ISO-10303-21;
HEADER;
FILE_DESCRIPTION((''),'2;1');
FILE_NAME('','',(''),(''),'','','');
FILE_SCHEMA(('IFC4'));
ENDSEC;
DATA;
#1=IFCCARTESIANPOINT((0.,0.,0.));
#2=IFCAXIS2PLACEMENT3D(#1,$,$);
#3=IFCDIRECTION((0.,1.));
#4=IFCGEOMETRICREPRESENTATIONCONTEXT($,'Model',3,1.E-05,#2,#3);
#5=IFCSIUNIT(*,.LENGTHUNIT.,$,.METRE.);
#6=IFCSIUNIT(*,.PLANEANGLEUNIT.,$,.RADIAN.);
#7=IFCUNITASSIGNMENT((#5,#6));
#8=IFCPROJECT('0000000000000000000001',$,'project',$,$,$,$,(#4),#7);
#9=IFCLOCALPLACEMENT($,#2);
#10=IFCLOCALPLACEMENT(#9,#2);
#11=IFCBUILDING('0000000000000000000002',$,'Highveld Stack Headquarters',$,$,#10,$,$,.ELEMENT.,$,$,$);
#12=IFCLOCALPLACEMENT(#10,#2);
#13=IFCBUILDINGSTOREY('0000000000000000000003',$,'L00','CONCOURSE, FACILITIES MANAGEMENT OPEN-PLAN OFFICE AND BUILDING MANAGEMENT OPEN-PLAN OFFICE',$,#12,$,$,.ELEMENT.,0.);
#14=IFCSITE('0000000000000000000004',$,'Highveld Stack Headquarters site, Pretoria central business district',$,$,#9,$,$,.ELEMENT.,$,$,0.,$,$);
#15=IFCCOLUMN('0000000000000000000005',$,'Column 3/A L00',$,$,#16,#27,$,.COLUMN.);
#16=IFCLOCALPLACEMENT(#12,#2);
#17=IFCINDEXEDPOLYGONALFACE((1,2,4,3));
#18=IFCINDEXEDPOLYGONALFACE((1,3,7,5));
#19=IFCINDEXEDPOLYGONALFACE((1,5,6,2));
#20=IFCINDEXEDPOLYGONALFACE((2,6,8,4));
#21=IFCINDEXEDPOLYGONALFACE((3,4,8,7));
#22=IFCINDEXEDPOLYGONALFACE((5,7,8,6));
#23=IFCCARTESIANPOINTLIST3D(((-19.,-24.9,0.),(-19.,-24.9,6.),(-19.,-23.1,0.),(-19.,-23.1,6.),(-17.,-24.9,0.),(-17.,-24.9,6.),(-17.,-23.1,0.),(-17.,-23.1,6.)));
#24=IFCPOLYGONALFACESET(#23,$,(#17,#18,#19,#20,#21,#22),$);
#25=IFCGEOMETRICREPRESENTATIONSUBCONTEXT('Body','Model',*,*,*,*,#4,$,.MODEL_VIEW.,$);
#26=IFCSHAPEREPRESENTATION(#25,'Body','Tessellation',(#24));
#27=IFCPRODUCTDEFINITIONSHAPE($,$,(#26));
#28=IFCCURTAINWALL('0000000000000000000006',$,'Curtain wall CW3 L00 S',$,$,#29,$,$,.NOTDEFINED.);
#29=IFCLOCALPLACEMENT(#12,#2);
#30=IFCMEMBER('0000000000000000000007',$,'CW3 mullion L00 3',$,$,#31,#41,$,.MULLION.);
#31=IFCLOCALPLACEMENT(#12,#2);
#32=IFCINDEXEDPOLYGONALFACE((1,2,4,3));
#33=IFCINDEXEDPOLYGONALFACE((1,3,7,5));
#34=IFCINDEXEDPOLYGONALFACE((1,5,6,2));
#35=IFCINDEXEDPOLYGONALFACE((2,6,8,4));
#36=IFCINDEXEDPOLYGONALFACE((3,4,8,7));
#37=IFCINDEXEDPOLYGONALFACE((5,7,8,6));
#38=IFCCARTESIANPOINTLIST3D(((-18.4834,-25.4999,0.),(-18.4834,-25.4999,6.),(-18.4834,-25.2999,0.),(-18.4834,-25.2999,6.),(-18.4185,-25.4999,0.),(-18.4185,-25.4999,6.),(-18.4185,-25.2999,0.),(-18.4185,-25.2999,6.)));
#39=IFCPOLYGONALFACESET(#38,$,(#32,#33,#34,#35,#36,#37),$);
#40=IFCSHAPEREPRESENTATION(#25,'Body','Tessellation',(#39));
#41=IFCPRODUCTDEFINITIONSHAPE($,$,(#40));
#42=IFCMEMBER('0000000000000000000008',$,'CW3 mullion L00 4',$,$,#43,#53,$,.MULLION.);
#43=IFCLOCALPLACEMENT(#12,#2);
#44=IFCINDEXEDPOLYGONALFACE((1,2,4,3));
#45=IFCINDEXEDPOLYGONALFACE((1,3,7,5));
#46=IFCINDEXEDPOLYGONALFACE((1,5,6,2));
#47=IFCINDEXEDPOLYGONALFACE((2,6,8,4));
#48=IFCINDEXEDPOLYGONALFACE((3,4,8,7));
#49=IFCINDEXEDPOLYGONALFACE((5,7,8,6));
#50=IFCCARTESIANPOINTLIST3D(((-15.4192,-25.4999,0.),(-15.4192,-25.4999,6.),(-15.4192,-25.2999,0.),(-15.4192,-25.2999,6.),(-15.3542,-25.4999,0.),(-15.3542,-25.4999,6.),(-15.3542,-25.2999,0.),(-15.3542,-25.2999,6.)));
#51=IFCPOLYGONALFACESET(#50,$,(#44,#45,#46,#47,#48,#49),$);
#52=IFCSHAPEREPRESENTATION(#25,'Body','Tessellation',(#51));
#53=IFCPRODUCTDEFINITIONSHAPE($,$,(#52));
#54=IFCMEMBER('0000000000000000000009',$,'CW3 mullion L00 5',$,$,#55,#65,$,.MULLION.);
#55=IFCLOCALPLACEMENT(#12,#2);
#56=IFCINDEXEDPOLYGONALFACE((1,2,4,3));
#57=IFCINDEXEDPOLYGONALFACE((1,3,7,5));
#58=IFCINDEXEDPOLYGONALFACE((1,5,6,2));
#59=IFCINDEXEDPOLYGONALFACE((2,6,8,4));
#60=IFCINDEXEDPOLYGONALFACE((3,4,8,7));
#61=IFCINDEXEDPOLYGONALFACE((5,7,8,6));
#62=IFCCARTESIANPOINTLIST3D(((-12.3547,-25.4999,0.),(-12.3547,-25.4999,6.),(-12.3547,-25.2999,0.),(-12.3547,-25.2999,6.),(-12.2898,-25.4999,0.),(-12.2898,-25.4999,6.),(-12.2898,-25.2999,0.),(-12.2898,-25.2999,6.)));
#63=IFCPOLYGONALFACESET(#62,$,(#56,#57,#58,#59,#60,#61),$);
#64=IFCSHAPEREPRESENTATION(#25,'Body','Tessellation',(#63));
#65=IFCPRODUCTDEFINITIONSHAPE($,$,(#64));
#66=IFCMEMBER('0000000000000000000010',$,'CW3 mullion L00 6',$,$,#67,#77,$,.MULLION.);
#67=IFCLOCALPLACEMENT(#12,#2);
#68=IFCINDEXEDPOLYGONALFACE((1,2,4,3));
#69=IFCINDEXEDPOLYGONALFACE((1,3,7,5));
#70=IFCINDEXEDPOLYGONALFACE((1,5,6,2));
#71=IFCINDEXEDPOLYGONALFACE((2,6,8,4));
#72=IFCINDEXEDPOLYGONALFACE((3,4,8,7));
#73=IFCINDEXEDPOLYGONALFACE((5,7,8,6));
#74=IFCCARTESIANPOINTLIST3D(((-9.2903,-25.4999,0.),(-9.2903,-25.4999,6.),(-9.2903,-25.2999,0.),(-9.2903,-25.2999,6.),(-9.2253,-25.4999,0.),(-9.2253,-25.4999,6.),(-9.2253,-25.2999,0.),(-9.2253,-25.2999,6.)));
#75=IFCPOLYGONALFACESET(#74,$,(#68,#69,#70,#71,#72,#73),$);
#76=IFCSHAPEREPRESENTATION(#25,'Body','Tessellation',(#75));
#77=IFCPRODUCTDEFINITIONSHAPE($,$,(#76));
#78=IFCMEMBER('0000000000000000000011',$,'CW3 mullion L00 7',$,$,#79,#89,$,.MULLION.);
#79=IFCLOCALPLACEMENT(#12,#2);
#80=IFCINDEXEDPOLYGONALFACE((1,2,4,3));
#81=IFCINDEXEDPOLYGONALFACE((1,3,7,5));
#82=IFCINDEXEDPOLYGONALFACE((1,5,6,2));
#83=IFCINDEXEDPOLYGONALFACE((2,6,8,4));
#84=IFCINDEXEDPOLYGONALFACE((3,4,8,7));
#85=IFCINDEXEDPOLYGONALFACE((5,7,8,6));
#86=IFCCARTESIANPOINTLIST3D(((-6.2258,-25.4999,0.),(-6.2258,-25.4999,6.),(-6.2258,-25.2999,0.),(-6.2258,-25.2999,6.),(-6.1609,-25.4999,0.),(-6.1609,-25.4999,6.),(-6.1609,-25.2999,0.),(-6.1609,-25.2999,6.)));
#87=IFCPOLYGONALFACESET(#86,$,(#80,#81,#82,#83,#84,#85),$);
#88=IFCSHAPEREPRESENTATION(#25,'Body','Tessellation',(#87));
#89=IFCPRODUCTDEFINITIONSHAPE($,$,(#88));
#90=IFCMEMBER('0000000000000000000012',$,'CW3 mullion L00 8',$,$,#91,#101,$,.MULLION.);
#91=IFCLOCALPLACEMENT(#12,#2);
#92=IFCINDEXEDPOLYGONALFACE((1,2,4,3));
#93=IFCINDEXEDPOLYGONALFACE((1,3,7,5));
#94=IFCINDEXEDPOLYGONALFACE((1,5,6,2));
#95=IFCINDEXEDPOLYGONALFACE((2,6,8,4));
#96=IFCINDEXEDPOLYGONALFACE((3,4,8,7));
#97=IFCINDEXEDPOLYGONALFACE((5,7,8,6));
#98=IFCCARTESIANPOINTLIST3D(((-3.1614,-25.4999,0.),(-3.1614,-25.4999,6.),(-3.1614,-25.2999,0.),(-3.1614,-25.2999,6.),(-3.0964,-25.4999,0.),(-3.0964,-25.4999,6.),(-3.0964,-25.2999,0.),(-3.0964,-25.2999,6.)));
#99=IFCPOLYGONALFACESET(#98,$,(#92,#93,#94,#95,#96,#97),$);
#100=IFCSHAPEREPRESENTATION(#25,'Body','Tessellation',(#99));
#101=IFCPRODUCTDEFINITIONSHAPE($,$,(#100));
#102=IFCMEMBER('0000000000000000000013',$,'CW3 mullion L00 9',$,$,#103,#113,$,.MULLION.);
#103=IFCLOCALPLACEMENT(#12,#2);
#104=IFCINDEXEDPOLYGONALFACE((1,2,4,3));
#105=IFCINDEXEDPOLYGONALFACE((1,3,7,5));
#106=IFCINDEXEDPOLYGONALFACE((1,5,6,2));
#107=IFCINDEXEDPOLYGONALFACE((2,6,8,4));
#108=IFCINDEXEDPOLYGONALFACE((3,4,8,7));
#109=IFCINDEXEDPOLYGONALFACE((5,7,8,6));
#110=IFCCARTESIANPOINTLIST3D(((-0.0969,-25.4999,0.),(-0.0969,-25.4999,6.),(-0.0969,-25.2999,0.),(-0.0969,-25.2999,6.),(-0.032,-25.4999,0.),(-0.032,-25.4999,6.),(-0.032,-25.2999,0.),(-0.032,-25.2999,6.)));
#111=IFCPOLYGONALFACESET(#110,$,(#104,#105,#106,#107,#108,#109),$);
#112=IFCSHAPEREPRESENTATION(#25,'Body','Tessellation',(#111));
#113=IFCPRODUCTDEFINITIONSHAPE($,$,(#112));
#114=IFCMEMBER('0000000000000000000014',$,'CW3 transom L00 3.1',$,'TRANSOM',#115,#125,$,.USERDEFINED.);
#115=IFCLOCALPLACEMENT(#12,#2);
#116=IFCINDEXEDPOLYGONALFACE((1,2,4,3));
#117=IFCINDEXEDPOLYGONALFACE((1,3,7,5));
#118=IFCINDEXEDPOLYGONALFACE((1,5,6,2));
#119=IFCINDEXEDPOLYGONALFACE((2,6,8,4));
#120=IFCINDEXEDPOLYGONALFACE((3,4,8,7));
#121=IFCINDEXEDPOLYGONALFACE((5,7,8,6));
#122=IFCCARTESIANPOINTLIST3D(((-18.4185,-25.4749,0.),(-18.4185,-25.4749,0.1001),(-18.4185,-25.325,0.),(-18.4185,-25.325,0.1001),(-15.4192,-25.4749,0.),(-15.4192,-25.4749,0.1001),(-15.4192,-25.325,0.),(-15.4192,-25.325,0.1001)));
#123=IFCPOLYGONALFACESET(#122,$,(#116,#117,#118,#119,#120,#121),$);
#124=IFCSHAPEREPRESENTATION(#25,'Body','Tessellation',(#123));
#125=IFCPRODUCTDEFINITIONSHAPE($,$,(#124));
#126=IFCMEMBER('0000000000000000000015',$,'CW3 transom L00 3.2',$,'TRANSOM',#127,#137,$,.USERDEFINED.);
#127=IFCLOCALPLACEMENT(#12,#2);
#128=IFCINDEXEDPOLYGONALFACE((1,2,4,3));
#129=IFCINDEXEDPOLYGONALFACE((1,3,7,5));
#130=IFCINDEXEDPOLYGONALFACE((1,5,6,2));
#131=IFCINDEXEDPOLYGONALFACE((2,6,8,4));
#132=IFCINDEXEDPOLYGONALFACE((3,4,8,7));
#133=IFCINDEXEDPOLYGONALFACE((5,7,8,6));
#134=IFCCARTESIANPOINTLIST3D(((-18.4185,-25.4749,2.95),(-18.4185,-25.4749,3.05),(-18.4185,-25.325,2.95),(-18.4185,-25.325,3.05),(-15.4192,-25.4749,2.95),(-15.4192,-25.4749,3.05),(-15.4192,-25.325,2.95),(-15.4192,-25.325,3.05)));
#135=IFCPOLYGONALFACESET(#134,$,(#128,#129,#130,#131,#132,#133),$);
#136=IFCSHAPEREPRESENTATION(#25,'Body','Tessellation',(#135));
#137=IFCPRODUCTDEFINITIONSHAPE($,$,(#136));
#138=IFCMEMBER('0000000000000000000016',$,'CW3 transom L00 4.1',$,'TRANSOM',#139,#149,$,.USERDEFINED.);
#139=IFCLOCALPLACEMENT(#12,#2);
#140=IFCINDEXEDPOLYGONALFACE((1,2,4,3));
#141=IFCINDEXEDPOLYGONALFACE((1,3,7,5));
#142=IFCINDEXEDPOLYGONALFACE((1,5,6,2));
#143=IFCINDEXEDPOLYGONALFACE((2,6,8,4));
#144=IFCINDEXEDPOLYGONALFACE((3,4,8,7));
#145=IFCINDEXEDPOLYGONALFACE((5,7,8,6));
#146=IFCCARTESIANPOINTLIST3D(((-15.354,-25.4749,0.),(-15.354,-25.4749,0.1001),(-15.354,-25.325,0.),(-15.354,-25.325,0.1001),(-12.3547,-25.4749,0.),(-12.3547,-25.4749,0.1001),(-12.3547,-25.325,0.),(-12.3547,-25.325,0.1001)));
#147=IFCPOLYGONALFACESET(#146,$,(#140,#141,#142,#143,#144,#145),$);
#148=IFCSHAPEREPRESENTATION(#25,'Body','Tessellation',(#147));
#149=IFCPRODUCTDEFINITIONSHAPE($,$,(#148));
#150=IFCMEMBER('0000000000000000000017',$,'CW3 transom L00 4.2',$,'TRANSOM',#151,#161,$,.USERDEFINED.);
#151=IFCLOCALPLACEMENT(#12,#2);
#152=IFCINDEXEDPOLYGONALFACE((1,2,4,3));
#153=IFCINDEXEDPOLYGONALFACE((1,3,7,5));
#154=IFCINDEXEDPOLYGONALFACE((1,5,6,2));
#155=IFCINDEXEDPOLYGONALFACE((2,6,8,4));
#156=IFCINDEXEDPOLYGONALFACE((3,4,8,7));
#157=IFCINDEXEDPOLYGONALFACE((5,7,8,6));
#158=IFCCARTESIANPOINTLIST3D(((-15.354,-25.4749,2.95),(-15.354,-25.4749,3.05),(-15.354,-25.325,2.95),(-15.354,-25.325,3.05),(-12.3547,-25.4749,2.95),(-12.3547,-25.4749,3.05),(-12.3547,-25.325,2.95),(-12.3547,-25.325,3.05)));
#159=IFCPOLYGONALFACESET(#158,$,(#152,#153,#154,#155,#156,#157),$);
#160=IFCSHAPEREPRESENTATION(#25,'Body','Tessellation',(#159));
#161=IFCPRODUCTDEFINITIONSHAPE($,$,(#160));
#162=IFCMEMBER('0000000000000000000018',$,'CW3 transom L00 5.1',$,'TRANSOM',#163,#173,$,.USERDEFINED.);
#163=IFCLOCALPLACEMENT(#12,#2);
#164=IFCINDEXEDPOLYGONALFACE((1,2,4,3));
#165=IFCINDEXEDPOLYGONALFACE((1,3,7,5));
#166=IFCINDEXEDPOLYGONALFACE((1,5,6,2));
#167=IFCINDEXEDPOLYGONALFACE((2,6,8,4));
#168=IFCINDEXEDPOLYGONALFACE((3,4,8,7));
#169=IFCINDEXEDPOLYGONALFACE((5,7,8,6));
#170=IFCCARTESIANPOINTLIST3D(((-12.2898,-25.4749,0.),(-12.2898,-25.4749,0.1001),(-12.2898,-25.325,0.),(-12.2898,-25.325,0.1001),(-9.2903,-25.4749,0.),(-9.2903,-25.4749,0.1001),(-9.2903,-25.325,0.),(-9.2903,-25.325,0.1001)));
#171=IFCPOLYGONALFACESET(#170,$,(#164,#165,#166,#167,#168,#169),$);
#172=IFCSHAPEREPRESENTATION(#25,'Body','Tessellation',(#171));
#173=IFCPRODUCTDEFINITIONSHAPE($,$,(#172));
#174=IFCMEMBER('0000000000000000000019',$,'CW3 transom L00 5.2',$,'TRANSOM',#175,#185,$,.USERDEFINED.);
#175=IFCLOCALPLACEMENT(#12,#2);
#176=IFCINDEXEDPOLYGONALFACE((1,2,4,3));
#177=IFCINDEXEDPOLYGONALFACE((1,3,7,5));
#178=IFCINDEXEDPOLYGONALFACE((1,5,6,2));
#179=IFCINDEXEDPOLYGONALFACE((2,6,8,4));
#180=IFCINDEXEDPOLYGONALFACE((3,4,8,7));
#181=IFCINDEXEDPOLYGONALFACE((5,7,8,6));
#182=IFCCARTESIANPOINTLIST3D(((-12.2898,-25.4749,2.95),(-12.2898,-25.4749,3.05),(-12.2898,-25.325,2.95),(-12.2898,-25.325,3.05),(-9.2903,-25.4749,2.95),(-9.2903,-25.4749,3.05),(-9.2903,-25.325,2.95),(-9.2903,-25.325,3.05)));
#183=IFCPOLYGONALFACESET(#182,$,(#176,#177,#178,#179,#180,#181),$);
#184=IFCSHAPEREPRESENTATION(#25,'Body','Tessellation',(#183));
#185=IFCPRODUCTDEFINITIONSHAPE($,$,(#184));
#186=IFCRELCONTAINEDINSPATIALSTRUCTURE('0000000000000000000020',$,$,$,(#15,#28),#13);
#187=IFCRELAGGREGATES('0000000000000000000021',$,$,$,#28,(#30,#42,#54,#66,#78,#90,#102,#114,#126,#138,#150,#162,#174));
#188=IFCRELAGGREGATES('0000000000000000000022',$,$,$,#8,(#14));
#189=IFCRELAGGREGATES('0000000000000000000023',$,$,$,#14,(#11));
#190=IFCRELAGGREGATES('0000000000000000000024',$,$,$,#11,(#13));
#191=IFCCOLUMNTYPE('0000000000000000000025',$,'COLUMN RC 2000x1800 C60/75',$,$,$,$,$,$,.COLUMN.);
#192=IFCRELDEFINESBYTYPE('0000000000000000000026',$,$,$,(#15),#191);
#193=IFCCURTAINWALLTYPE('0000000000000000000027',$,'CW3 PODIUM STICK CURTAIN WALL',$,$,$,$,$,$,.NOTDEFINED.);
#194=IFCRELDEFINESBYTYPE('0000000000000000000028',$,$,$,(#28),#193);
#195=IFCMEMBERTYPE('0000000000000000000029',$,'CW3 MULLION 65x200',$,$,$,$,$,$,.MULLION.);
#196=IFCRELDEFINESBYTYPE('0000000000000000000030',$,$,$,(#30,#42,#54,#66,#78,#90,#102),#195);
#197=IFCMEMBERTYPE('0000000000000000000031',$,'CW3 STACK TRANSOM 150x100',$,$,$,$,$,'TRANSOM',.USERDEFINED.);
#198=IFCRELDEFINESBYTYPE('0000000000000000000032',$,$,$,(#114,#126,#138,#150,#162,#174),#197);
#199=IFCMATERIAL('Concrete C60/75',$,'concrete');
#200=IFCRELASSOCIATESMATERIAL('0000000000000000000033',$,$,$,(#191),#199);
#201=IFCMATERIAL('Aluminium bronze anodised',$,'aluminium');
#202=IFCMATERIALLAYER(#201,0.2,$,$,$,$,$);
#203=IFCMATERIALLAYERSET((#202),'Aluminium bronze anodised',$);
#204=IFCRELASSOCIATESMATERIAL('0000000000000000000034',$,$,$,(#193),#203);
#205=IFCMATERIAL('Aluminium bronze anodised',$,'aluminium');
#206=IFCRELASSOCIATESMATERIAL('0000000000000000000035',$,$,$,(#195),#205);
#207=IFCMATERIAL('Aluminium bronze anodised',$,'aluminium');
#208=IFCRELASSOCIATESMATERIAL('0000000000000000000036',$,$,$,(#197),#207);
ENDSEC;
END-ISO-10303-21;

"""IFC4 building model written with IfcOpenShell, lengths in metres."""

from ifc_helpers import new_model, si_unit, direction, frame, origin, origin_2d, place, context, subcontext, project, spatial, rectangle, extrude, material, layer, layer_set, material_profile, profile_set, type_object, element, aggregate, save


model = new_model("IFC4")

# Units and contexts
model_context = context("Model", 3, precision=1e-05, world=origin(), true_north=direction((0.0, 1.0)))
body_context = subcontext(model_context, "Body", "Model", "MODEL_VIEW")
ifc_project = project(units=[si_unit("LENGTHUNIT", "METRE"), si_unit("PLANEANGLEUNIT", "RADIAN")], contexts=[model_context])

# Site, building, storey
site_placement = place(None, origin())
site = spatial("IfcSite", under=ifc_project, at=site_placement, Name="Highveld Stack Headquarters site, Pretoria central business district", CompositionType="ELEMENT", RefElevation=0.0)
building_placement = place(site_placement, origin())
building = spatial("IfcBuilding", under=site, at=building_placement, Name="Highveld Stack Headquarters", CompositionType="ELEMENT")
storey_placement = place(building_placement, origin())
storey = spatial("IfcBuildingStorey", under=building, at=storey_placement, Name="L00", Description="CONCOURSE, FACILITIES MANAGEMENT OPEN-PLAN OFFICE AND BUILDING MANAGEMENT OPEN-PLAN OFFICE", CompositionType="ELEMENT", Elevation=0.0)

# Column
ifc_material_1 = material(Name="Concrete C60/75", Category="concrete")
ifc_material_profile_1 = material_profile(ifc_material_1, rectangle(XDim=2.0, YDim=1.8, at=origin_2d()), Name="RC 2000x1800")
ifc_profile_set_1 = profile_set([ifc_material_profile_1], Name="Concrete C60/75")
column_type = type_object("IfcColumnType", Name="COLUMN RC 2000x1800 C60/75", PredefinedType="COLUMN", material=ifc_profile_set_1)
column_placement = place(storey_placement, frame((-18.0, -24.0, 0.0), z_axis=(0.0, 0.0, 1.0), x_axis=(1.0, 0.0, 0.0)))
element("IfcColumn", 1, at=column_placement, inside=storey, type_object=column_type, Name="Column 3/A L00", PredefinedType="COLUMN", context=body_context, shape_type="SweptSolid", body=[
    extrude(rectangle(XDim=2.0, YDim=1.8, at=origin_2d()), origin(), (0.0, 0.0, 1.0), 6.0),
])

# Curtain wall, members
ifc_material_2 = material(Name="Aluminium bronze anodised", Category="aluminium")
ifc_layer_1 = layer(ifc_material_2, 0.2)
ifc_layer_set_1 = layer_set([ifc_layer_1], Name="Aluminium bronze anodised")
curtain_wall_type = type_object("IfcCurtainWallType", Name="CW3 PODIUM STICK CURTAIN WALL", PredefinedType="NOTDEFINED", material=ifc_layer_set_1)
curtain_wall_placement = place(storey_placement, origin())
curtain_wall = element("IfcCurtainWall", 2, at=curtain_wall_placement, inside=storey, type_object=curtain_wall_type, Name="Curtain wall CW3 L00 S", PredefinedType="NOTDEFINED")
ifc_material_3 = material(Name="Aluminium bronze anodised", Category="aluminium")
ifc_material_profile_2 = material_profile(ifc_material_3, rectangle(XDim=0.2, YDim=0.0649, at=origin_2d()), Name="CW3 MULLION 65x200")
ifc_profile_set_2 = profile_set([ifc_material_profile_2], Name="Aluminium bronze anodised")
member_type_1 = type_object("IfcMemberType", Name="CW3 MULLION 65x200", PredefinedType="MULLION", material=ifc_profile_set_2)
member_1_placement = place(storey_placement, frame((-18.4509, -25.3999, 0.0), z_axis=(0.0, 0.0, 1.0), x_axis=(0.0, 1.0, 0.0)))
member_1 = element("IfcMember", 3, at=member_1_placement, type_object=member_type_1, Name="CW3 mullion L00 3", PredefinedType="MULLION", context=body_context, shape_type="SweptSolid", body=[
    extrude(rectangle(XDim=0.2, YDim=0.0649, at=origin_2d()), origin(), (0.0, 0.0, 1.0), 6.0),
])
member_2_placement = place(storey_placement, frame((-15.3867, -25.3999, 0.0), z_axis=(0.0, 0.0, 1.0), x_axis=(0.0, 1.0, 0.0)))
member_2 = element("IfcMember", 4, at=member_2_placement, type_object=member_type_1, Name="CW3 mullion L00 4", PredefinedType="MULLION", context=body_context, shape_type="SweptSolid", body=[
    extrude(rectangle(XDim=0.2, YDim=0.0649, at=origin_2d()), origin(), (0.0, 0.0, 1.0), 6.0),
])
member_3_placement = place(storey_placement, frame((-12.3223, -25.3999, 0.0), z_axis=(0.0, 0.0, 1.0), x_axis=(0.0, 1.0, 0.0)))
member_3 = element("IfcMember", 5, at=member_3_placement, type_object=member_type_1, Name="CW3 mullion L00 5", PredefinedType="MULLION", context=body_context, shape_type="SweptSolid", body=[
    extrude(rectangle(XDim=0.2, YDim=0.0649, at=origin_2d()), origin(), (0.0, 0.0, 1.0), 6.0),
])
member_4_placement = place(storey_placement, frame((-9.2578, -25.3999, 0.0), z_axis=(0.0, 0.0, 1.0), x_axis=(0.0, 1.0, 0.0)))
member_4 = element("IfcMember", 6, at=member_4_placement, type_object=member_type_1, Name="CW3 mullion L00 6", PredefinedType="MULLION", context=body_context, shape_type="SweptSolid", body=[
    extrude(rectangle(XDim=0.2, YDim=0.0649, at=origin_2d()), origin(), (0.0, 0.0, 1.0), 6.0),
])
member_5_placement = place(storey_placement, frame((-6.1934, -25.3999, 0.0), z_axis=(0.0, 0.0, 1.0), x_axis=(0.0, 1.0, 0.0)))
member_5 = element("IfcMember", 7, at=member_5_placement, type_object=member_type_1, Name="CW3 mullion L00 7", PredefinedType="MULLION", context=body_context, shape_type="SweptSolid", body=[
    extrude(rectangle(XDim=0.2, YDim=0.0649, at=origin_2d()), origin(), (0.0, 0.0, 1.0), 6.0),
])
member_6_placement = place(storey_placement, frame((-3.1289, -25.3999, 0.0), z_axis=(0.0, 0.0, 1.0), x_axis=(0.0, 1.0, 0.0)))
member_6 = element("IfcMember", 8, at=member_6_placement, type_object=member_type_1, Name="CW3 mullion L00 8", PredefinedType="MULLION", context=body_context, shape_type="SweptSolid", body=[
    extrude(rectangle(XDim=0.2, YDim=0.0649, at=origin_2d()), origin(), (0.0, 0.0, 1.0), 6.0),
])
member_7_placement = place(storey_placement, frame((-0.0645, -25.3999, 0.0), z_axis=(0.0, 0.0, 1.0), x_axis=(0.0, 1.0, 0.0)))
member_7 = element("IfcMember", 9, at=member_7_placement, type_object=member_type_1, Name="CW3 mullion L00 9", PredefinedType="MULLION", context=body_context, shape_type="SweptSolid", body=[
    extrude(rectangle(XDim=0.2, YDim=0.0649, at=origin_2d()), origin(), (0.0, 0.0, 1.0), 6.0),
])
ifc_material_4 = material(Name="Aluminium bronze anodised", Category="aluminium")
ifc_material_profile_3 = material_profile(ifc_material_4, rectangle(XDim=0.1499, YDim=0.1001, at=origin_2d()), Name="CW3 TRANSOM 150x100")
ifc_profile_set_3 = profile_set([ifc_material_profile_3], Name="Aluminium bronze anodised")
member_type_2 = type_object("IfcMemberType", Name="CW3 STACK TRANSOM 150x100", ElementType="TRANSOM", PredefinedType="USERDEFINED", material=ifc_profile_set_3)
member_8_placement = place(storey_placement, frame((-18.4185, -25.3999, 0.05), z_axis=(1.0, 0.0, 0.0), x_axis=(0.0, 1.0, 0.0)))
member_8 = element("IfcMember", 10, at=member_8_placement, type_object=member_type_2, Name="CW3 transom L00 3.1", ObjectType="TRANSOM", PredefinedType="USERDEFINED", context=body_context, shape_type="SweptSolid", body=[
    extrude(rectangle(XDim=0.1499, YDim=0.1001, at=origin_2d()), origin(), (0.0, 0.0, 1.0), 2.9993),
])
member_9_placement = place(storey_placement, frame((-18.4185, -25.3999, 3.0), z_axis=(1.0, 0.0, 0.0), x_axis=(0.0, 1.0, 0.0)))
member_9 = element("IfcMember", 11, at=member_9_placement, type_object=member_type_2, Name="CW3 transom L00 3.2", ObjectType="TRANSOM", PredefinedType="USERDEFINED", context=body_context, shape_type="SweptSolid", body=[
    extrude(rectangle(XDim=0.1499, YDim=0.1001, at=origin_2d()), origin(), (0.0, 0.0, 1.0), 2.9993),
])
member_10_placement = place(storey_placement, frame((-15.354, -25.3999, 0.05), z_axis=(1.0, 0.0, 0.0), x_axis=(0.0, 1.0, 0.0)))
member_10 = element("IfcMember", 12, at=member_10_placement, type_object=member_type_2, Name="CW3 transom L00 4.1", ObjectType="TRANSOM", PredefinedType="USERDEFINED", context=body_context, shape_type="SweptSolid", body=[
    extrude(rectangle(XDim=0.1499, YDim=0.1001, at=origin_2d()), origin(), (0.0, 0.0, 1.0), 2.9993),
])
member_11_placement = place(storey_placement, frame((-15.354, -25.3999, 3.0), z_axis=(1.0, 0.0, 0.0), x_axis=(0.0, 1.0, 0.0)))
member_11 = element("IfcMember", 13, at=member_11_placement, type_object=member_type_2, Name="CW3 transom L00 4.2", ObjectType="TRANSOM", PredefinedType="USERDEFINED", context=body_context, shape_type="SweptSolid", body=[
    extrude(rectangle(XDim=0.1499, YDim=0.1001, at=origin_2d()), origin(), (0.0, 0.0, 1.0), 2.9993),
])
member_12_placement = place(storey_placement, frame((-12.2898, -25.3999, 0.05), z_axis=(1.0, 0.0, 0.0), x_axis=(0.0, 1.0, 0.0)))
member_12 = element("IfcMember", 14, at=member_12_placement, type_object=member_type_2, Name="CW3 transom L00 5.1", ObjectType="TRANSOM", PredefinedType="USERDEFINED", context=body_context, shape_type="SweptSolid", body=[
    extrude(rectangle(XDim=0.1499, YDim=0.1001, at=origin_2d()), origin(), (0.0, 0.0, 1.0), 2.9995),
])
member_13_placement = place(storey_placement, frame((-12.2898, -25.3999, 3.0), z_axis=(1.0, 0.0, 0.0), x_axis=(0.0, 1.0, 0.0)))
member_13 = element("IfcMember", 15, at=member_13_placement, type_object=member_type_2, Name="CW3 transom L00 5.2", ObjectType="TRANSOM", PredefinedType="USERDEFINED", context=body_context, shape_type="SweptSolid", body=[
    extrude(rectangle(XDim=0.1499, YDim=0.1001, at=origin_2d()), origin(), (0.0, 0.0, 1.0), 2.9995),
])
aggregate(curtain_wall, [member_1, member_2, member_3, member_4, member_5, member_6, member_7, member_8, member_9, member_10, member_11, member_12, member_13])

save(model, "model.ifc")
